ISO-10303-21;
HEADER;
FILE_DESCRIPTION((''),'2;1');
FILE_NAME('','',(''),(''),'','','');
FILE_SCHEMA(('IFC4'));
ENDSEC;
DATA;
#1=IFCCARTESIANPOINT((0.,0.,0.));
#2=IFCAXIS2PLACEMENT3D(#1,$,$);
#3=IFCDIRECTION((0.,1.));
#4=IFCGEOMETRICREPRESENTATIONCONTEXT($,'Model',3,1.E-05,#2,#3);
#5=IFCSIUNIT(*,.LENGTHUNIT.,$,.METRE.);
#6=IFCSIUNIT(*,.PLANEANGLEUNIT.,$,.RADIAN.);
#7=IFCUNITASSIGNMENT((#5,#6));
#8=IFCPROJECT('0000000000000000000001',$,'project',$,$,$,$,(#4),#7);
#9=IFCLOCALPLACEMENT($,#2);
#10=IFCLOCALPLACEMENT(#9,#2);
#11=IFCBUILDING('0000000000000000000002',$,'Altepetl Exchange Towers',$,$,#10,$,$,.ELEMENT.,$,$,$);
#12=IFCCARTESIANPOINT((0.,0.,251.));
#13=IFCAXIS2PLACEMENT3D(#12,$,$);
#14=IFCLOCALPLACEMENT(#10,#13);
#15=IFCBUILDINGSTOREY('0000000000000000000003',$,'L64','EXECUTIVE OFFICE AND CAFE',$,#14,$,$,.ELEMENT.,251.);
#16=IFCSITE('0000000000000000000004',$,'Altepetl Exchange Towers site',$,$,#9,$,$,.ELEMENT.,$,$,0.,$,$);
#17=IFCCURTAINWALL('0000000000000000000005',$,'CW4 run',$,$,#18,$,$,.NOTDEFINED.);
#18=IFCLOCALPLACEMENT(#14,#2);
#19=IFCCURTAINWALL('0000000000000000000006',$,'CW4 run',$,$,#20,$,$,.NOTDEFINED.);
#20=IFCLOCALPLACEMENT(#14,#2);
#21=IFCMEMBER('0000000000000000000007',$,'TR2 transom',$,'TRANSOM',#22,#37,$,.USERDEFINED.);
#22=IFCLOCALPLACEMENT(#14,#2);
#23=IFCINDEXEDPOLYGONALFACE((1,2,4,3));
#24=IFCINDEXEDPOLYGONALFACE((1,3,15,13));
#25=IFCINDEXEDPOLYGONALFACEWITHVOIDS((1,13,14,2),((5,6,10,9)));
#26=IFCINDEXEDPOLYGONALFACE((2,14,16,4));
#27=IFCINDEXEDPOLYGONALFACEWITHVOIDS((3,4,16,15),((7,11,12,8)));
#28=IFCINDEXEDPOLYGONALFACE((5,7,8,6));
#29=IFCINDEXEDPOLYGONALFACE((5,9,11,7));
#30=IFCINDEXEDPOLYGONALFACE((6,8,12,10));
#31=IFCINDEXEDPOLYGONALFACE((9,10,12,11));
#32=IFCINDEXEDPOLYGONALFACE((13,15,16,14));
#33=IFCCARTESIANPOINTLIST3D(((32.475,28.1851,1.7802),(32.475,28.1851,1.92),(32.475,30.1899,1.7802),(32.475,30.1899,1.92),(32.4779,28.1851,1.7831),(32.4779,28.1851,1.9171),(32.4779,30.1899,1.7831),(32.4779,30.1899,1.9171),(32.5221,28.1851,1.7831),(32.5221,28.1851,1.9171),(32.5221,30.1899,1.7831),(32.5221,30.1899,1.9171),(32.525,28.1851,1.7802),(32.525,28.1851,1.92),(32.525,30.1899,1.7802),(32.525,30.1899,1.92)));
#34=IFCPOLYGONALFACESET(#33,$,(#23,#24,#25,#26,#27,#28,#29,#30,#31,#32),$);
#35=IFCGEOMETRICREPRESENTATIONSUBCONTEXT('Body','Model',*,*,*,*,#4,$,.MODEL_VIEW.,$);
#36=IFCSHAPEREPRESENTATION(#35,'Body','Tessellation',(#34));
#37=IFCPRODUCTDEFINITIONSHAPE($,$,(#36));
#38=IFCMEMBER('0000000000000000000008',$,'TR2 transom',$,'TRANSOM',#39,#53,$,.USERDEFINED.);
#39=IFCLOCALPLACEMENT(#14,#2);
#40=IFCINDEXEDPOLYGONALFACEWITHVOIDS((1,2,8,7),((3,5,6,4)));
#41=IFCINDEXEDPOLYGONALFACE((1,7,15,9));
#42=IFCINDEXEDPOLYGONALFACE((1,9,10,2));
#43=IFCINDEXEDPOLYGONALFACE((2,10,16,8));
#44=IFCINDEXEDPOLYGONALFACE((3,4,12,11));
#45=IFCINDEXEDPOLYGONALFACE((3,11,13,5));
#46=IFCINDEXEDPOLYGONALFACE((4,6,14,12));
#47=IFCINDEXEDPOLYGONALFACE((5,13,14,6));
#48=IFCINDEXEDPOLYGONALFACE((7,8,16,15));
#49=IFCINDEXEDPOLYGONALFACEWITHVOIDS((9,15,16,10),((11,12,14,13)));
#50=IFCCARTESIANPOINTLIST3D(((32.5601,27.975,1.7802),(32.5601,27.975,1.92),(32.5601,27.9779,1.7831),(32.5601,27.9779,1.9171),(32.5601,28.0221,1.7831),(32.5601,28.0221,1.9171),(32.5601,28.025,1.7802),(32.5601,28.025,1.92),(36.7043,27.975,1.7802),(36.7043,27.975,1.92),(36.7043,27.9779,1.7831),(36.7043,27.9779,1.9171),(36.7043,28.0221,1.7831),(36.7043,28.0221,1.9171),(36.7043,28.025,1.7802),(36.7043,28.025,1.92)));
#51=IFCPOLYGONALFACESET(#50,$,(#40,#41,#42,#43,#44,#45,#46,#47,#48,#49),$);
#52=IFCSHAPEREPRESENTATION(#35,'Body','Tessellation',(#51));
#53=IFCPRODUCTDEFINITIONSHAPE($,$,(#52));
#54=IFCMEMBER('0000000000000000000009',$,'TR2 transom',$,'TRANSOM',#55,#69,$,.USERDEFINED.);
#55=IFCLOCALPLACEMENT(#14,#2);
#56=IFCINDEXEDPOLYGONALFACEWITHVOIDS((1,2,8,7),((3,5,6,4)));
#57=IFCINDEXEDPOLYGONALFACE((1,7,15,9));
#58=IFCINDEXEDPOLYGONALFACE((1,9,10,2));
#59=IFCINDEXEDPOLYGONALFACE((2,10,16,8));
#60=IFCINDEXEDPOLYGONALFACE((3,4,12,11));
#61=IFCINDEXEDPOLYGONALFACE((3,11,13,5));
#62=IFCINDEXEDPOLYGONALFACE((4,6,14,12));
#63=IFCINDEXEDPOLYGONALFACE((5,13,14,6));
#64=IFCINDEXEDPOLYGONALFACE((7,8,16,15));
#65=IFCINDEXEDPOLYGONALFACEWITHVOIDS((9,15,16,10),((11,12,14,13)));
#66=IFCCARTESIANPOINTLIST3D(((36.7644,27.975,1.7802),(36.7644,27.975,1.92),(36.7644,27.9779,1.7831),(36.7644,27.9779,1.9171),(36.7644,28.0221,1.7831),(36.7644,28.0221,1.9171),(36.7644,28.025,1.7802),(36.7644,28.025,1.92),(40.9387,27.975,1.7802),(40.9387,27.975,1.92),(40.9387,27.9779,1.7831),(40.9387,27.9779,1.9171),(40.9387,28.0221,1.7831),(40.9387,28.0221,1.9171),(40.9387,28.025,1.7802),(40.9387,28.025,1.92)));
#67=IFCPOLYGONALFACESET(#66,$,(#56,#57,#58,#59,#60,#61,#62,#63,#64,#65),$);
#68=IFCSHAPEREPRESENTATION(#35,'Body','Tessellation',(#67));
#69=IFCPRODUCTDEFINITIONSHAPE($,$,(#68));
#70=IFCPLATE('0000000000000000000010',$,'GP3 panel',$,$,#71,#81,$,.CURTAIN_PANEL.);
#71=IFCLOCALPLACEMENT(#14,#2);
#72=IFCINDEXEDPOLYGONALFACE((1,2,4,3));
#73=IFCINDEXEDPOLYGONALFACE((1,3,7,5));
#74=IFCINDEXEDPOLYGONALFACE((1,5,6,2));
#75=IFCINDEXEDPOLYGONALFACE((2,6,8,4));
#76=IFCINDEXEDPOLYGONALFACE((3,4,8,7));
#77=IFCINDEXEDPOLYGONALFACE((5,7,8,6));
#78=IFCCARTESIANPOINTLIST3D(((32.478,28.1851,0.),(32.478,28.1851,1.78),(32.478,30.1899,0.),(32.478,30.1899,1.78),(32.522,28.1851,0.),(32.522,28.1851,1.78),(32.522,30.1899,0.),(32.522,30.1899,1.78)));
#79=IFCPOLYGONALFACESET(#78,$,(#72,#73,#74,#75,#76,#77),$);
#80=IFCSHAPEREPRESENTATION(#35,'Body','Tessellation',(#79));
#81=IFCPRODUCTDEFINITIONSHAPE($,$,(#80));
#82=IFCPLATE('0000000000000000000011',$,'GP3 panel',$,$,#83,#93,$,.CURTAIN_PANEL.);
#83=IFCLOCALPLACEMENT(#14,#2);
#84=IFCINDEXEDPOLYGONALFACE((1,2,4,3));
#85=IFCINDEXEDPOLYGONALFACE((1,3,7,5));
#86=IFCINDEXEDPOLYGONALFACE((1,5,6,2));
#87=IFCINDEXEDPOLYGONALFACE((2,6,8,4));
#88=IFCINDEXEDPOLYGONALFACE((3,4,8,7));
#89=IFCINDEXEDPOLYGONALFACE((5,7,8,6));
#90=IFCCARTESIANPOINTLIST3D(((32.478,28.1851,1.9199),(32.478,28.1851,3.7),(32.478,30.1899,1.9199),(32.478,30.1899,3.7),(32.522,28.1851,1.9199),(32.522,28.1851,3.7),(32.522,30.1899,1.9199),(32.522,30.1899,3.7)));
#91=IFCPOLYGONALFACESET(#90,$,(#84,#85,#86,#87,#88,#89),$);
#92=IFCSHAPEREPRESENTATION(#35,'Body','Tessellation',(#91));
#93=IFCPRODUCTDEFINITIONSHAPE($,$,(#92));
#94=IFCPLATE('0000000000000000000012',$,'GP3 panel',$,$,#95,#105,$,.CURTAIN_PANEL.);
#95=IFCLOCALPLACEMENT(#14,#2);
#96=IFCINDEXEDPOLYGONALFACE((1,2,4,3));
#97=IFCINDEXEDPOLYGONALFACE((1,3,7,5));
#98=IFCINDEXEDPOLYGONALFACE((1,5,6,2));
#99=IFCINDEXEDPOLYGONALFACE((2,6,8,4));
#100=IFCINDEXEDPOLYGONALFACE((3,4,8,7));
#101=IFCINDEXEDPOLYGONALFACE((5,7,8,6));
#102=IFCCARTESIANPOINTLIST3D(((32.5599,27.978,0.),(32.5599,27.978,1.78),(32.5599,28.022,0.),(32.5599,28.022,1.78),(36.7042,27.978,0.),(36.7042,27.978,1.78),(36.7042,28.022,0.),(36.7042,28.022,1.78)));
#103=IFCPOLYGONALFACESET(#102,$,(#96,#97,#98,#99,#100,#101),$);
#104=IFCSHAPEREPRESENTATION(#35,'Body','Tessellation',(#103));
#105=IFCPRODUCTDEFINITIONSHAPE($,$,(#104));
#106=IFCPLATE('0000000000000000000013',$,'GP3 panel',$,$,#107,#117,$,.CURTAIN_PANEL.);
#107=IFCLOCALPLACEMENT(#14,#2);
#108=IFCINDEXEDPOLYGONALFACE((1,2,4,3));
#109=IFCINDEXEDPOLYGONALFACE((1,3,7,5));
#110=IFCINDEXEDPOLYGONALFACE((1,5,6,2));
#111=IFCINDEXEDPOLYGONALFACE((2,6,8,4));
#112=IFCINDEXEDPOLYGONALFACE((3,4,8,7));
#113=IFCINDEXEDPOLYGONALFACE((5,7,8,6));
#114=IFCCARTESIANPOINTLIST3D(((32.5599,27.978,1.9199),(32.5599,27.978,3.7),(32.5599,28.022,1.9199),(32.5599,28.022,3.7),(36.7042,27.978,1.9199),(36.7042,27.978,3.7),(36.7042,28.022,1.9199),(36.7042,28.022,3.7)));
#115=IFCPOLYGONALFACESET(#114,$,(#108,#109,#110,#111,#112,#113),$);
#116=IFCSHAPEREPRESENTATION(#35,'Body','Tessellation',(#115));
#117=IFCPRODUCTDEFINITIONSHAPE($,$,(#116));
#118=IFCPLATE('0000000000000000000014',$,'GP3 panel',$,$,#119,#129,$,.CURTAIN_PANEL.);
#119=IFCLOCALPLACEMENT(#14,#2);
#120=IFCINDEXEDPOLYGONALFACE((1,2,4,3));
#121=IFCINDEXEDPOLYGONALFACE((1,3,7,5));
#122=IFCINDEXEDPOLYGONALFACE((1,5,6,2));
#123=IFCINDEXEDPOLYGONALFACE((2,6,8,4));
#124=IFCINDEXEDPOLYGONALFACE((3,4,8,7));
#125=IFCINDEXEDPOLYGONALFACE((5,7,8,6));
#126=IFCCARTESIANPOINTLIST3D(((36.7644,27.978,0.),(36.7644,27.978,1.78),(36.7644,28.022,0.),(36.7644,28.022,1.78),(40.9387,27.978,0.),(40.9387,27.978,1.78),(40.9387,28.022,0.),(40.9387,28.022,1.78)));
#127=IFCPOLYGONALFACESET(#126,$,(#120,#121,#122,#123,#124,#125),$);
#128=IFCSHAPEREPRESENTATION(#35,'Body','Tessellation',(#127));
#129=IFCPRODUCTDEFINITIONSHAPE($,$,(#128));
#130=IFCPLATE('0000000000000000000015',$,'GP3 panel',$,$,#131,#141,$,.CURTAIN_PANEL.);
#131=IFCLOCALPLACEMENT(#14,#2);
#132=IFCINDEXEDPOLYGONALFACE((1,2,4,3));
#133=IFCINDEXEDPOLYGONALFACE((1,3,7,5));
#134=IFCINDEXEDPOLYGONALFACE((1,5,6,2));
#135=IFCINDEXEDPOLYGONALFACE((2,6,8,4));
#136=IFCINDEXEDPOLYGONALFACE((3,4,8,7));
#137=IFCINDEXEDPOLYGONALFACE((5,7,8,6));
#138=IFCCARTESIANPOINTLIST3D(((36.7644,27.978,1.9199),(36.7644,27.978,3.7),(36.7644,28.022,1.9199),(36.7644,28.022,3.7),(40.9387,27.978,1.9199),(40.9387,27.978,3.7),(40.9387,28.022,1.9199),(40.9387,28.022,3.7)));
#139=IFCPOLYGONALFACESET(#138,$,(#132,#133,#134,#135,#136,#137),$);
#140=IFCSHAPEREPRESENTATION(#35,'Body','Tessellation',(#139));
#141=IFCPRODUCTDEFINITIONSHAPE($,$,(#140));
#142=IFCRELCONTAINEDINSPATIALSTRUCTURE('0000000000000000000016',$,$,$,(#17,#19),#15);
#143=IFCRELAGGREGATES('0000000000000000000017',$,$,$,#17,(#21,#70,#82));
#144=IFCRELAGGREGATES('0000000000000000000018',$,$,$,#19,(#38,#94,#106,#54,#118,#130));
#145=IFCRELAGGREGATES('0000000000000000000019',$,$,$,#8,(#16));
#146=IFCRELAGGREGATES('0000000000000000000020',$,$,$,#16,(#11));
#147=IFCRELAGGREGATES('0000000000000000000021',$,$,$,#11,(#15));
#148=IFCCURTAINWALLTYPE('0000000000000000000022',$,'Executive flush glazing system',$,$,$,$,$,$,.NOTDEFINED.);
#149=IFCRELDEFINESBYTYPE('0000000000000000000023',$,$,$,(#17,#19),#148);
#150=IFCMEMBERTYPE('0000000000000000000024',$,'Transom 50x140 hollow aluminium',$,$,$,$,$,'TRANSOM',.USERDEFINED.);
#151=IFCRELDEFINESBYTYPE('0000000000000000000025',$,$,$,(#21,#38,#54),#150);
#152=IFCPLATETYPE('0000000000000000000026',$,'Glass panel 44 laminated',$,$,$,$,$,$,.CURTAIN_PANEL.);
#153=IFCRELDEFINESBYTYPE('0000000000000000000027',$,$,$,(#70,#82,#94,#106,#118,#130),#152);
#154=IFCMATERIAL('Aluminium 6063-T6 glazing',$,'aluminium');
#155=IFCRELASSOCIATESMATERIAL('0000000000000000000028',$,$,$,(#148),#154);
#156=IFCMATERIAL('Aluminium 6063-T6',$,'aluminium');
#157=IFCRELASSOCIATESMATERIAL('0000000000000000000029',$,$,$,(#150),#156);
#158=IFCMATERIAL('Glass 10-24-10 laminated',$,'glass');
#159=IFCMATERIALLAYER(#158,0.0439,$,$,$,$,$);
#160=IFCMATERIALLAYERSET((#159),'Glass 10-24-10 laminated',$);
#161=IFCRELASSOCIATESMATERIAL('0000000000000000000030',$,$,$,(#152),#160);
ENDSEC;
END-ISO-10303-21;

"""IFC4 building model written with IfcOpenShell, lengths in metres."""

from ifc_helpers import new_model, si_unit, direction, frame, origin, origin_2d, place, context, subcontext, project, spatial, rectangle, hollow_rectangle, extrude, material, layer, layer_set, material_profile, profile_set, type_object, element, aggregate, save


model = new_model("IFC4")

# Units and contexts
model_context = context("Model", 3, precision=1e-05, world=origin(), true_north=direction((0.0, 1.0)))
body_context = subcontext(model_context, "Body", "Model", "MODEL_VIEW")
ifc_project = project(units=[si_unit("LENGTHUNIT", "METRE"), si_unit("PLANEANGLEUNIT", "RADIAN")], contexts=[model_context])

# Site, building, storey
site_placement = place(None, origin())
site = spatial("IfcSite", under=ifc_project, at=site_placement, Name="Altepetl Exchange Towers site", CompositionType="ELEMENT", RefElevation=0.0)
building_placement = place(site_placement, origin())
building = spatial("IfcBuilding", under=site, at=building_placement, Name="Altepetl Exchange Towers", CompositionType="ELEMENT")
storey_placement = place(building_placement, frame((0.0, 0.0, 251.0)))
storey = spatial("IfcBuildingStorey", under=building, at=storey_placement, Name="L64", Description="EXECUTIVE OFFICE AND CAFE", CompositionType="ELEMENT", Elevation=251.0)

# Shared definitions
ifc_material_1 = material(Name="Aluminium 6063-T6 glazing", Category="aluminium")
curtain_wall_type = type_object("IfcCurtainWallType", Name="Executive flush glazing system", PredefinedType="NOTDEFINED", material=ifc_material_1)
ifc_material_2 = material(Name="Aluminium 6063-T6", Category="aluminium")

# Curtain walls
curtain_wall_1_placement = place(storey_placement, origin())
curtain_wall_1 = element("IfcCurtainWall", 1, at=curtain_wall_1_placement, inside=storey, type_object=curtain_wall_type, Name="CW4 run", PredefinedType="NOTDEFINED")
curtain_wall_2_placement = place(storey_placement, origin())
curtain_wall_2 = element("IfcCurtainWall", 2, at=curtain_wall_2_placement, inside=storey, type_object=curtain_wall_type, Name="CW4 run", PredefinedType="NOTDEFINED")

# Members
ifc_material_profile_1 = material_profile(ifc_material_2, hollow_rectangle(XDim=0.05, YDim=0.1399, WallThickness=0.0029, at=origin_2d()), Name="Transom 50x140 hollow aluminium")
ifc_profile_set_1 = profile_set([ifc_material_profile_1], Name="Aluminium 6063-T6")
member_type_1 = type_object("IfcMemberType", Name="Transom 50x140 hollow aluminium", ElementType="TRANSOM", PredefinedType="USERDEFINED", material=ifc_profile_set_1)
member_1_placement = place(storey_placement, frame((32.5, 30.1899, 1.8501), z_axis=(0.0, -1.0, 0.0), x_axis=(1.0, 0.0, 0.0)))
member_1 = element("IfcMember", 3, at=member_1_placement, type_object=member_type_1, Name="TR2 transom", ObjectType="TRANSOM", PredefinedType="USERDEFINED", context=body_context, shape_type="SweptSolid", body=[
    extrude(hollow_rectangle(XDim=0.05, YDim=0.1399, WallThickness=0.0029, at=origin_2d()), origin(), (0.0, 0.0, 1.0), 2.0049),
])
member_2_placement = place(storey_placement, frame((32.5601, 28.0, 1.8501), z_axis=(1.0, 0.0, 0.0), x_axis=(0.0, 1.0, 0.0)))
member_2 = element("IfcMember", 4, at=member_2_placement, type_object=member_type_1, Name="TR2 transom", ObjectType="TRANSOM", PredefinedType="USERDEFINED", context=body_context, shape_type="SweptSolid", body=[
    extrude(hollow_rectangle(XDim=0.05, YDim=0.1399, WallThickness=0.0029, at=origin_2d()), origin(), (0.0, 0.0, 1.0), 4.1443),
])
member_3_placement = place(storey_placement, frame((36.7644, 28.0, 1.8501), z_axis=(1.0, 0.0, 0.0), x_axis=(0.0, 1.0, 0.0)))
member_3 = element("IfcMember", 5, at=member_3_placement, type_object=member_type_1, Name="TR2 transom", ObjectType="TRANSOM", PredefinedType="USERDEFINED", context=body_context, shape_type="SweptSolid", body=[
    extrude(hollow_rectangle(XDim=0.05, YDim=0.1399, WallThickness=0.0029, at=origin_2d()), origin(), (0.0, 0.0, 1.0), 4.1743),
])

# Plates
ifc_material_3 = material(Name="Glass 10-24-10 laminated", Category="glass")
ifc_layer_1 = layer(ifc_material_3, 0.0439)
ifc_layer_set_1 = layer_set([ifc_layer_1], Name="Glass 10-24-10 laminated")
plate_type = type_object("IfcPlateType", Name="Glass panel 44 laminated", PredefinedType="CURTAIN_PANEL", material=ifc_layer_set_1)
plate_1_placement = place(storey_placement, frame((32.5, 29.1875, 0.0), z_axis=(0.0, 0.0, 1.0), x_axis=(0.0, -1.0, 0.0)))
plate_1 = element("IfcPlate", 6, at=plate_1_placement, type_object=plate_type, Name="GP3 panel", PredefinedType="CURTAIN_PANEL", context=body_context, shape_type="SweptSolid", body=[
    extrude(rectangle(XDim=2.0049, YDim=0.0439, at=origin_2d()), origin(), (0.0, 0.0, 1.0), 1.78),
])
plate_2_placement = place(storey_placement, frame((32.5, 29.1875, 1.9199), z_axis=(0.0, 0.0, 1.0), x_axis=(0.0, -1.0, 0.0)))
plate_2 = element("IfcPlate", 7, at=plate_2_placement, type_object=plate_type, Name="GP3 panel", PredefinedType="CURTAIN_PANEL", context=body_context, shape_type="SweptSolid", body=[
    extrude(rectangle(XDim=2.0049, YDim=0.0439, at=origin_2d()), origin(), (0.0, 0.0, 1.0), 1.78),
])
aggregate(curtain_wall_1, [member_1, plate_1, plate_2])
plate_3_placement = place(storey_placement, frame((34.6321, 28.0, 0.0)))
plate_3 = element("IfcPlate", 8, at=plate_3_placement, type_object=plate_type, Name="GP3 panel", PredefinedType="CURTAIN_PANEL", context=body_context, shape_type="SweptSolid", body=[
    extrude(rectangle(XDim=4.1443, YDim=0.0439, at=origin_2d()), origin(), (0.0, 0.0, 1.0), 1.78),
])
plate_4_placement = place(storey_placement, frame((34.6321, 28.0, 1.9199)))
plate_4 = element("IfcPlate", 9, at=plate_4_placement, type_object=plate_type, Name="GP3 panel", PredefinedType="CURTAIN_PANEL", context=body_context, shape_type="SweptSolid", body=[
    extrude(rectangle(XDim=4.1443, YDim=0.0439, at=origin_2d()), origin(), (0.0, 0.0, 1.0), 1.78),
])
plate_5_placement = place(storey_placement, frame((38.8516, 28.0, 0.0)))
plate_5 = element("IfcPlate", 10, at=plate_5_placement, type_object=plate_type, Name="GP3 panel", PredefinedType="CURTAIN_PANEL", context=body_context, shape_type="SweptSolid", body=[
    extrude(rectangle(XDim=4.1743, YDim=0.0439, at=origin_2d()), origin(), (0.0, 0.0, 1.0), 1.78),
])
plate_6_placement = place(storey_placement, frame((38.8516, 28.0, 1.9199)))
plate_6 = element("IfcPlate", 11, at=plate_6_placement, type_object=plate_type, Name="GP3 panel", PredefinedType="CURTAIN_PANEL", context=body_context, shape_type="SweptSolid", body=[
    extrude(rectangle(XDim=4.1743, YDim=0.0439, at=origin_2d()), origin(), (0.0, 0.0, 1.0), 1.78),
])
aggregate(curtain_wall_2, [member_2, plate_3, plate_4, member_3, plate_5, plate_6])

save(model, "model.ifc")
